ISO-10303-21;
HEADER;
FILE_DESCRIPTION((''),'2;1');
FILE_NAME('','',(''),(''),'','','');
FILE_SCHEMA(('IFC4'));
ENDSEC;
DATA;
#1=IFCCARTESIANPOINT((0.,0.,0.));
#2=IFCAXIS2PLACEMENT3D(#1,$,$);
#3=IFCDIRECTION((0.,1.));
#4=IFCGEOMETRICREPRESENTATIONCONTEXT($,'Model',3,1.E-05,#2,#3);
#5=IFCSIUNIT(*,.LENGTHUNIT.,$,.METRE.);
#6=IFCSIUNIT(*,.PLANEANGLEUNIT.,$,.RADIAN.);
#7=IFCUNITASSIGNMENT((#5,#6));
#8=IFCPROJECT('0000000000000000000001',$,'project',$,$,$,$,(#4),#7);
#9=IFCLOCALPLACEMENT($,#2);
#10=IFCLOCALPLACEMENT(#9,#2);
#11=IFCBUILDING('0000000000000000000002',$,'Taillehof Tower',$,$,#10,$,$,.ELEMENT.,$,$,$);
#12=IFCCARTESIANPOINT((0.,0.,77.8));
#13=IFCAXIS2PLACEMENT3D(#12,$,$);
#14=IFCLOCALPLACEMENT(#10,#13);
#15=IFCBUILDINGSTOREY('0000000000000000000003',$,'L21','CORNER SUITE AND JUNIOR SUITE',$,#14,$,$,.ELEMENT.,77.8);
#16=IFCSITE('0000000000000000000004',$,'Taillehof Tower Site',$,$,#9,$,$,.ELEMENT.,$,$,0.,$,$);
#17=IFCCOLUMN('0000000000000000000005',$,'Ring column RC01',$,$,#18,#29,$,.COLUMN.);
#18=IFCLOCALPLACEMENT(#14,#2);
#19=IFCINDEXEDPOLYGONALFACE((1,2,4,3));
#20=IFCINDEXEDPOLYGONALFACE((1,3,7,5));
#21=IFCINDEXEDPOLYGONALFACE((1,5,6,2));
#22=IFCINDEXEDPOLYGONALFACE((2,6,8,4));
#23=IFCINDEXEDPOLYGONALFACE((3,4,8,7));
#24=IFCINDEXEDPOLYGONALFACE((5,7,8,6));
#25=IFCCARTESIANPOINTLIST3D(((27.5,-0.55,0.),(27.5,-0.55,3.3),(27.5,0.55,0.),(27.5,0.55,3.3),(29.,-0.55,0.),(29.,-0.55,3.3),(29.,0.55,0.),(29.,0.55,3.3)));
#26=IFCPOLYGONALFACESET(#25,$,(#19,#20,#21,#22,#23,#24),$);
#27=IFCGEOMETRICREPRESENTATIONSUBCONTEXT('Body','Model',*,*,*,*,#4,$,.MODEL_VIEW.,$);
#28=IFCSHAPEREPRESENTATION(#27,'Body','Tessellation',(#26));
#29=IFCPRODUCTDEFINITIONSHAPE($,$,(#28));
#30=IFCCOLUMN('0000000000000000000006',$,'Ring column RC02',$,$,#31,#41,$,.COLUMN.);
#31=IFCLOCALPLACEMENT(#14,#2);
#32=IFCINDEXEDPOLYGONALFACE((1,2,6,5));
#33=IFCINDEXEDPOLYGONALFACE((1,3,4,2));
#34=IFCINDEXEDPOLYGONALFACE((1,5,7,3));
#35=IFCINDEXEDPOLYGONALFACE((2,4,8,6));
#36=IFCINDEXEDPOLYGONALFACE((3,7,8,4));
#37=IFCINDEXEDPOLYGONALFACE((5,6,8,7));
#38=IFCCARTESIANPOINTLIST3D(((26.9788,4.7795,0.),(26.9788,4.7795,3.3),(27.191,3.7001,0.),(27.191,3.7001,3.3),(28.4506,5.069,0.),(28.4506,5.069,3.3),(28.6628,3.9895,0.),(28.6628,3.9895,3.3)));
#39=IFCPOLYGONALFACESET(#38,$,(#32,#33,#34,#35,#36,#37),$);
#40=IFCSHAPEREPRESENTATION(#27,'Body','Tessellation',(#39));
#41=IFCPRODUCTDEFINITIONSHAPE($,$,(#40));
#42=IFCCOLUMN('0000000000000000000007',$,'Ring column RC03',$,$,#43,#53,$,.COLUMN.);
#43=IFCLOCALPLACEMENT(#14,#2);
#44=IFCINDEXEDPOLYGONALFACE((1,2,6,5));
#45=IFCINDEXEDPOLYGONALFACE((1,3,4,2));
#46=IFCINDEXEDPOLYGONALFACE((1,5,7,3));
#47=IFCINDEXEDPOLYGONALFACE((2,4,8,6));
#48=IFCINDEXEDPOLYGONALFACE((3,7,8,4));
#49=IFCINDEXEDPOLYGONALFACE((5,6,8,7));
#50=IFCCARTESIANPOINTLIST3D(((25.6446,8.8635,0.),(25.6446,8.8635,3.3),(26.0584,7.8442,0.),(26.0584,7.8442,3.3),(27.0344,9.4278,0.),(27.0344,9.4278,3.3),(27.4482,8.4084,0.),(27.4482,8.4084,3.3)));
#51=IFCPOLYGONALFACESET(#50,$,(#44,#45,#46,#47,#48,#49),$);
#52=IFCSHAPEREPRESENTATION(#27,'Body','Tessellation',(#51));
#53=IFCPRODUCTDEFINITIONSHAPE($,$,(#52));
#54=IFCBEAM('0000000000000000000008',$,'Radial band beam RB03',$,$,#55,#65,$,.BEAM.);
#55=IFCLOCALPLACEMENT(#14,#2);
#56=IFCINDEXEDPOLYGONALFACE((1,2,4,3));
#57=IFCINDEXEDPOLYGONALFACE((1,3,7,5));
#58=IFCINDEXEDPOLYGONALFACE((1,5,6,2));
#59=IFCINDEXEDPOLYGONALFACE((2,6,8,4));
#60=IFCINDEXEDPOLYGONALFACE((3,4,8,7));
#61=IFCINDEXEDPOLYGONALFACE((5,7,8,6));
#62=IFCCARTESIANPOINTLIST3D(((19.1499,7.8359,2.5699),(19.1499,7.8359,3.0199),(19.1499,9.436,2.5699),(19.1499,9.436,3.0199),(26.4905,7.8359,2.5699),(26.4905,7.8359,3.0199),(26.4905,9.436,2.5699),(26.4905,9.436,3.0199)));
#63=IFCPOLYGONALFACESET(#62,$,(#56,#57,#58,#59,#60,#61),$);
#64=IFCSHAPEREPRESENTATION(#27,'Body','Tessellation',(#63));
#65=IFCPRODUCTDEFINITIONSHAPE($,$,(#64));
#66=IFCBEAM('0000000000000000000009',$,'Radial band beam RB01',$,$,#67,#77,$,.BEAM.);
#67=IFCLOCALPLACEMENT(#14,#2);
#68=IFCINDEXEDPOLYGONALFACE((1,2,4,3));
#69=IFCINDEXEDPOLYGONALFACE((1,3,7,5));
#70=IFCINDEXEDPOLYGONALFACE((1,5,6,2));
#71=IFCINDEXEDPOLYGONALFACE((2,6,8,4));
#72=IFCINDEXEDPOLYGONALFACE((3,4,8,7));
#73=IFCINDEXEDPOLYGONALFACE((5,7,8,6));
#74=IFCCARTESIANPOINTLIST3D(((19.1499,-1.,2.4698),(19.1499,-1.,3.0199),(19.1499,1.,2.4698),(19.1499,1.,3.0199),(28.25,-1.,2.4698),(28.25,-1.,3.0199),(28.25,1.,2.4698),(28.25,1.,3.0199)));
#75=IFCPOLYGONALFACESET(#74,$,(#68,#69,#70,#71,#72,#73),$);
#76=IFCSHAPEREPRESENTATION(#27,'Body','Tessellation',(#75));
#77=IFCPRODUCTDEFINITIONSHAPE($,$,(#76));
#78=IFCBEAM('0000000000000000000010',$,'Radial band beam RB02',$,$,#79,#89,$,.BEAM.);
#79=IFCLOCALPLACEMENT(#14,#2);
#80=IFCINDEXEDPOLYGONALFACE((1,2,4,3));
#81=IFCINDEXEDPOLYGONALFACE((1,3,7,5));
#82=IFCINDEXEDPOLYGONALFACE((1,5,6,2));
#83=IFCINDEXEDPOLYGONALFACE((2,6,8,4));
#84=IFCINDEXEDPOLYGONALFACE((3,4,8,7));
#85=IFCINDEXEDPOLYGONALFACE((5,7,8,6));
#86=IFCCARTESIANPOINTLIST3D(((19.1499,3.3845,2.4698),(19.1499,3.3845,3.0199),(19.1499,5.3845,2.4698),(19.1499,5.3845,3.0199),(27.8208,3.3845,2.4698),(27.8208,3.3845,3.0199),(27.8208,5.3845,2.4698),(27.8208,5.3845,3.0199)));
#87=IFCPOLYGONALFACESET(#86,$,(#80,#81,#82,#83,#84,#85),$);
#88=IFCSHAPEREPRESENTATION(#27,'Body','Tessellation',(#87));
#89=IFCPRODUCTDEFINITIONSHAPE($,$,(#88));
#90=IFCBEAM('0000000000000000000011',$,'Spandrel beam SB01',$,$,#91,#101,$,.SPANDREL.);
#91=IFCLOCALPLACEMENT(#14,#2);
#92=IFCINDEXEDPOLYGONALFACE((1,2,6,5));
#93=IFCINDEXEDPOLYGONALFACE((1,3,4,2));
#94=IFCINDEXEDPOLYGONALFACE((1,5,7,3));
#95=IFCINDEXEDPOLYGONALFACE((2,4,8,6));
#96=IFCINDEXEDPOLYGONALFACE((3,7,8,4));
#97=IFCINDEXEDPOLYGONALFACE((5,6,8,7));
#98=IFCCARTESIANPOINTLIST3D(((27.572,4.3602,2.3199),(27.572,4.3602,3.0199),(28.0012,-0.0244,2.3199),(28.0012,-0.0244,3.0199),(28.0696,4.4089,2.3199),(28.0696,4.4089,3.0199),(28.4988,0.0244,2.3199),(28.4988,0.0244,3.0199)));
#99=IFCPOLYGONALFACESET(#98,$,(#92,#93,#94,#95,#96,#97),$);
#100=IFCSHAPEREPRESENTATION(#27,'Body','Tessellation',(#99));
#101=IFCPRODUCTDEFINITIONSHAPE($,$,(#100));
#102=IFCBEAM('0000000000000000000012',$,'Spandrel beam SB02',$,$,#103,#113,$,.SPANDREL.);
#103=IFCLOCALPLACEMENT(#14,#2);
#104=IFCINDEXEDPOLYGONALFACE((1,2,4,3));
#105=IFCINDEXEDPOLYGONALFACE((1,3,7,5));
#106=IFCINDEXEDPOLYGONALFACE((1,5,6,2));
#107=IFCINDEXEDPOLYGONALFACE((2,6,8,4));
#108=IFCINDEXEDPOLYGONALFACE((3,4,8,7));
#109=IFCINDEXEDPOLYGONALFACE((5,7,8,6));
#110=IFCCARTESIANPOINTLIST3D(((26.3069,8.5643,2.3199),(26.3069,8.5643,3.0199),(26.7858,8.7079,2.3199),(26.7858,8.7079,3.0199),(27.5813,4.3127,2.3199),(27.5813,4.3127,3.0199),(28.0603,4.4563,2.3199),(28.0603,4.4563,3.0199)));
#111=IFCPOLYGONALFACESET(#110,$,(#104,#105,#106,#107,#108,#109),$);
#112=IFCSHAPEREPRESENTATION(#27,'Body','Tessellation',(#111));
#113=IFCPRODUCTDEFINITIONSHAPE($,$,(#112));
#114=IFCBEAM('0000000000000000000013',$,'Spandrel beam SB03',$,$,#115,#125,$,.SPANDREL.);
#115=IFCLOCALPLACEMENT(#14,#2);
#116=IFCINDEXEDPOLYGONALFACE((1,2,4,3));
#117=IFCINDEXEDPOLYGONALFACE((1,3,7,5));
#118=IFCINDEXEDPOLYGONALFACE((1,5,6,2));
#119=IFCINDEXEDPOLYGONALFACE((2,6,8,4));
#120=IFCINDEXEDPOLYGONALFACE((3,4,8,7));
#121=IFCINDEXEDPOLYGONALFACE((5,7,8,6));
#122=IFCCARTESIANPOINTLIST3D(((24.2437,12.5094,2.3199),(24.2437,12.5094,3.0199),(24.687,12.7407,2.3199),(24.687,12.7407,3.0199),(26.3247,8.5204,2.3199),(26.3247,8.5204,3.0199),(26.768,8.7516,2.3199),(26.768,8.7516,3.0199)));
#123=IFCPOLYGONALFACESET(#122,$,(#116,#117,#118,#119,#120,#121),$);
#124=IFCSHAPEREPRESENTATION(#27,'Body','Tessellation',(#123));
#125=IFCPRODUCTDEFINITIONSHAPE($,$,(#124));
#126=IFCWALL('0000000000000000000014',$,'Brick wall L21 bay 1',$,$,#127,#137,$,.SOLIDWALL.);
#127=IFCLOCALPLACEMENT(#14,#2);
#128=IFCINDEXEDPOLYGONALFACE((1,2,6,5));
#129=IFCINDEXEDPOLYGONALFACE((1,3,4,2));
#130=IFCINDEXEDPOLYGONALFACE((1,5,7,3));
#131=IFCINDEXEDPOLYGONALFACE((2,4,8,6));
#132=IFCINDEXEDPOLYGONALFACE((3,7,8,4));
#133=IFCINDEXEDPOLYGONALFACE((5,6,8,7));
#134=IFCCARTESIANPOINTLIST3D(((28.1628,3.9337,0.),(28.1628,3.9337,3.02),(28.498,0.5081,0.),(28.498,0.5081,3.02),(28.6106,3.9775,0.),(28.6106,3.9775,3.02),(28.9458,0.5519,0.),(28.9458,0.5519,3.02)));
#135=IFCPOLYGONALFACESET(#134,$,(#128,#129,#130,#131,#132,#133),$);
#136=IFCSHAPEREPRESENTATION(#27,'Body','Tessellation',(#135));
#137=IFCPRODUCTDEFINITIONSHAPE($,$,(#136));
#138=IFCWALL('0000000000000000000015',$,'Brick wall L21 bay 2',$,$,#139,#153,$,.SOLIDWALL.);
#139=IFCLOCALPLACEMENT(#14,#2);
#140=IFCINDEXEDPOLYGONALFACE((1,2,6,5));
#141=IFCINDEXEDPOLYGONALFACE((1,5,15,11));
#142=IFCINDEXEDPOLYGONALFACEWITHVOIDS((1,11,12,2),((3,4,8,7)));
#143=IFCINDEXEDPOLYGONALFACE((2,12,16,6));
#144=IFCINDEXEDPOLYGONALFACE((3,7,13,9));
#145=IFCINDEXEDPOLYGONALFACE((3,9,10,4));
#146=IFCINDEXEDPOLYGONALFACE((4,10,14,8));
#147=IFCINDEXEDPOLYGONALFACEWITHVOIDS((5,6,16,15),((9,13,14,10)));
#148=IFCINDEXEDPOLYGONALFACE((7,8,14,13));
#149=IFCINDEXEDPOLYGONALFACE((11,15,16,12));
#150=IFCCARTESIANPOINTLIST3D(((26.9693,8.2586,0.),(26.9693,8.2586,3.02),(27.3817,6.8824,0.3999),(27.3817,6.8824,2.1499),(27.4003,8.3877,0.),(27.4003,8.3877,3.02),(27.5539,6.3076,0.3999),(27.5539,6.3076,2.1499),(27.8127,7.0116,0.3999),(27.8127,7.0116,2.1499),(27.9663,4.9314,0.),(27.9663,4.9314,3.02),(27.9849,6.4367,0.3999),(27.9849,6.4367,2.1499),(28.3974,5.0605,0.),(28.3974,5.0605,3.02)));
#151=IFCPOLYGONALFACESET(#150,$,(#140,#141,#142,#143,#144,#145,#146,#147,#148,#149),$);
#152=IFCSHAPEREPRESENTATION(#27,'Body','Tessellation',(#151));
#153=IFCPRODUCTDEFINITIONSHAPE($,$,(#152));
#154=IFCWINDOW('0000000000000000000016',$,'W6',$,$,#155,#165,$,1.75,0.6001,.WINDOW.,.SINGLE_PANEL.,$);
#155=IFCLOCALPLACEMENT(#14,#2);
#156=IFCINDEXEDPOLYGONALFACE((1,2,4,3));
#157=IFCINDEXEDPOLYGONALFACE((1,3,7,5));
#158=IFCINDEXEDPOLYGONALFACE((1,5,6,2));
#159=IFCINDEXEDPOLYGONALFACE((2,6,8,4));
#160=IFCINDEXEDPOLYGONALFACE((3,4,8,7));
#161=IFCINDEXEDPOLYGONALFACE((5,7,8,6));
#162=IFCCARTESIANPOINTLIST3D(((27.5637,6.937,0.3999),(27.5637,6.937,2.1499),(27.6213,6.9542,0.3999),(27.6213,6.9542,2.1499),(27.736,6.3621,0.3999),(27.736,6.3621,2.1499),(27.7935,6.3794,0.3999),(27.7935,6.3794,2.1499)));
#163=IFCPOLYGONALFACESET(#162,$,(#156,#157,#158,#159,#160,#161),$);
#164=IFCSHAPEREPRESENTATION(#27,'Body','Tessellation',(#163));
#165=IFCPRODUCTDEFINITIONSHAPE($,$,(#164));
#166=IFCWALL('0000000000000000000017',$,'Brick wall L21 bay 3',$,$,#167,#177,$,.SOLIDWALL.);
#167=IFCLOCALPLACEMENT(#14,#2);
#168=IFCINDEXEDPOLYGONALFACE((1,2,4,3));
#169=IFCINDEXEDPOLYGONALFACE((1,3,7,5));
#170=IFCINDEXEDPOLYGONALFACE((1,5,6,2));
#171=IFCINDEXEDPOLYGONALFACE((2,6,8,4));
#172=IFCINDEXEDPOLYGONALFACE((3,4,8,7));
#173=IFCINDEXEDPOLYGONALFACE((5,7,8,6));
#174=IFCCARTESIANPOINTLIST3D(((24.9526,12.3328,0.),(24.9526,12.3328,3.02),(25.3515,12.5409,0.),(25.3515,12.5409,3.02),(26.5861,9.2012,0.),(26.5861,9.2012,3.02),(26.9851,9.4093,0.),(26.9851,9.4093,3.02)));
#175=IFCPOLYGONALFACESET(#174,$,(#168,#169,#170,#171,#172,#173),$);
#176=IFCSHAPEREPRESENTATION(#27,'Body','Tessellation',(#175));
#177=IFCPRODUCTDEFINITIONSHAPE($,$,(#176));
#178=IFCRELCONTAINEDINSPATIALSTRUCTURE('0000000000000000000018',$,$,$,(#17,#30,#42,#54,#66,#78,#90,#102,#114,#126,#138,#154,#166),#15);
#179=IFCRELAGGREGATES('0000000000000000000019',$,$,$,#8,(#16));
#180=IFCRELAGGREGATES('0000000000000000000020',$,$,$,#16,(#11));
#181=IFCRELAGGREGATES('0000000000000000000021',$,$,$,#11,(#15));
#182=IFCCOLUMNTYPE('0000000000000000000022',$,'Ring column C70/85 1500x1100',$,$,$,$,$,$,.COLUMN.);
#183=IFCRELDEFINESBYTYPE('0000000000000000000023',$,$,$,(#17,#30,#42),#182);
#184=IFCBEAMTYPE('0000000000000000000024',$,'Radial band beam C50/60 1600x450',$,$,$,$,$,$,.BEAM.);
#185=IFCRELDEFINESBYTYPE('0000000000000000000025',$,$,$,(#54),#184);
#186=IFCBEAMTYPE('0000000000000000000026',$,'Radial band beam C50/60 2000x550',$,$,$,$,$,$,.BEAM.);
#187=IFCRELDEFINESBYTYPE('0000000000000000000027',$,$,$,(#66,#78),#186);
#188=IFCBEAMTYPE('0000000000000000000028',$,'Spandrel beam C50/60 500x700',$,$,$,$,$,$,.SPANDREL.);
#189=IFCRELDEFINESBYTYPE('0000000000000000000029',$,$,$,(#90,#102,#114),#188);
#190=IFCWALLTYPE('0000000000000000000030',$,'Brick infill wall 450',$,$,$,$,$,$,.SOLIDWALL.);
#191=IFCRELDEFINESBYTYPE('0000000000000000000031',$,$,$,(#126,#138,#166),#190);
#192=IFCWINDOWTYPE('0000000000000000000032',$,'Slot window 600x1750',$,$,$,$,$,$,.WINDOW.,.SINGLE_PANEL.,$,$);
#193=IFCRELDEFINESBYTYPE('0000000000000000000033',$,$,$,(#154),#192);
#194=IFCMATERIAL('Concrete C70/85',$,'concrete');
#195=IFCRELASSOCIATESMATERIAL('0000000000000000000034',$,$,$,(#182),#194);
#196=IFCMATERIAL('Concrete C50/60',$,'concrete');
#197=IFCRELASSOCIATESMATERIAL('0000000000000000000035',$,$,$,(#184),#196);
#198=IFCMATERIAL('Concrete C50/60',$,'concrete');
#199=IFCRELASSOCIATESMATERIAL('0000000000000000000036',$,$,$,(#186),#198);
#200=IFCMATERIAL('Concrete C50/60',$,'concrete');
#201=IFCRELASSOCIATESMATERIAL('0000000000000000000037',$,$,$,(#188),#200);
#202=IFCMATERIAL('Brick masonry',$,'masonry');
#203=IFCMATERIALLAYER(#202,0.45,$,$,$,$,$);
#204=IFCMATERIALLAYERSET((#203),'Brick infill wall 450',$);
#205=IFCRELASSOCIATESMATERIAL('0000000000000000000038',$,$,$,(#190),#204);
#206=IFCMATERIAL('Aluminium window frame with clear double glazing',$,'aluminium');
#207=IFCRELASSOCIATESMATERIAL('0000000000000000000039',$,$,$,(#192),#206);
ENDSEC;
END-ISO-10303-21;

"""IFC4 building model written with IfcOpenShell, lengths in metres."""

from ifc_helpers import new_model, si_unit, direction, frame, frame_2d, origin, origin_2d, place, context, subcontext, project, spatial, rectangle, extrude, material, layer, layer_set, material_profile, profile_set, type_object, element, fill, save


model = new_model("IFC4")

# Units and contexts
model_context = context("Model", 3, precision=1e-05, world=origin(), true_north=direction((0.0, 1.0)))
body_context = subcontext(model_context, "Body", "Model", "MODEL_VIEW")
ifc_project = project(units=[si_unit("LENGTHUNIT", "METRE"), si_unit("PLANEANGLEUNIT", "RADIAN")], contexts=[model_context])

# Site, building, storey
site_placement = place(None, origin())
site = spatial("IfcSite", under=ifc_project, at=site_placement, Name="Taillehof Tower Site", CompositionType="ELEMENT", RefElevation=0.0)
building_placement = place(site_placement, origin())
building = spatial("IfcBuilding", under=site, at=building_placement, Name="Taillehof Tower", CompositionType="ELEMENT")
storey_placement = place(building_placement, frame((0.0, 0.0, 77.8)))
storey = spatial("IfcBuildingStorey", under=building, at=storey_placement, Name="L21", Description="CORNER SUITE AND JUNIOR SUITE", CompositionType="ELEMENT", Elevation=77.8)

# Columns
ifc_material_1 = material(Name="Concrete C70/85", Category="concrete")
ifc_material_profile_1 = material_profile(ifc_material_1, rectangle(XDim=1.5, YDim=1.1001, at=origin_2d()), Name="RC 1500x1100")
ifc_profile_set_1 = profile_set([ifc_material_profile_1], Name="Concrete C70/85")
column_type = type_object("IfcColumnType", Name="Ring column C70/85 1500x1100", PredefinedType="COLUMN", material=ifc_profile_set_1)
for number, where, z_axis, x_axis, name in (
    (1, (28.25, 0.0, 0.0), (0.0, 0.0, 1.0), (1.0, 0.0, 0.0), "Ring column RC01"),
    (2, (27.8208, 4.3845, 0.0), (0.0, 0.0, 1.0), (0.981204, 0.192976, 0.0), "Ring column RC02"),
    (3, (26.5464, 8.636, 0.0), (0.0, 0.0, 1.0), (0.926558, 0.376152, 0.0), "Ring column RC03"),
):
    element("IfcColumn", number, at=place(storey_placement, frame(where, z_axis=z_axis, x_axis=x_axis)), inside=storey, type_object=column_type, Name=name, PredefinedType="COLUMN", context=body_context, shape_type="SweptSolid", body=[
        extrude(rectangle(XDim=1.5, YDim=1.1001, at=origin_2d()), origin(), (0.0, 0.0, 1.0), 3.3),
    ])

# Beams
ifc_material_2 = material(Name="Concrete C50/60", Category="concrete")
ifc_material_profile_2 = material_profile(ifc_material_2, rectangle(XDim=1.6001, YDim=0.45, at=origin_2d()), Name="RC 1600x450")
ifc_profile_set_2 = profile_set([ifc_material_profile_2], Name="Concrete C50/60")
beam_type_1 = type_object("IfcBeamType", Name="Radial band beam C50/60 1600x450", PredefinedType="BEAM", material=ifc_profile_set_2)
beam_1_placement = place(storey_placement, frame((26.4905, 8.636, 2.7949), z_axis=(-1.0, 0.0, 0.0), x_axis=(0.0, -1.0, 0.0)))
element("IfcBeam", 4, at=beam_1_placement, inside=storey, type_object=beam_type_1, Name="Radial band beam RB03", PredefinedType="BEAM", context=body_context, shape_type="SweptSolid", body=[
    extrude(rectangle(XDim=1.6001, YDim=0.45, at=origin_2d()), origin(), (0.0, 0.0, 1.0), 7.3406),
])
ifc_material_3 = material(Name="Concrete C50/60", Category="concrete")
ifc_material_profile_3 = material_profile(ifc_material_3, rectangle(XDim=2.0, YDim=0.55, at=origin_2d()), Name="RC 2000x550")
ifc_profile_set_3 = profile_set([ifc_material_profile_3], Name="Concrete C50/60")
beam_type_2 = type_object("IfcBeamType", Name="Radial band beam C50/60 2000x550", PredefinedType="BEAM", material=ifc_profile_set_3)
beam_2_placement = place(storey_placement, frame((28.25, 0.0, 2.7449), z_axis=(-1.0, 0.0, 0.0), x_axis=(0.0, -1.0, 0.0)))
element("IfcBeam", 5, at=beam_2_placement, inside=storey, type_object=beam_type_2, Name="Radial band beam RB01", PredefinedType="BEAM", context=body_context, shape_type="SweptSolid", body=[
    extrude(rectangle(XDim=2.0, YDim=0.55, at=origin_2d()), origin(), (0.0, 0.0, 1.0), 9.1001),
])
beam_3_placement = place(storey_placement, frame((27.8208, 4.3845, 2.7449), z_axis=(-1.0, 0.0, 0.0), x_axis=(0.0, -1.0, 0.0)))
element("IfcBeam", 6, at=beam_3_placement, inside=storey, type_object=beam_type_2, Name="Radial band beam RB02", PredefinedType="BEAM", context=body_context, shape_type="SweptSolid", body=[
    extrude(rectangle(XDim=2.0, YDim=0.55, at=origin_2d()), origin(), (0.0, 0.0, 1.0), 8.6709),
])
ifc_material_4 = material(Name="Concrete C50/60", Category="concrete")
ifc_material_profile_4 = material_profile(ifc_material_4, rectangle(XDim=0.5, YDim=0.7, at=origin_2d()), Name="RC 500x700")
ifc_profile_set_4 = profile_set([ifc_material_profile_4], Name="Concrete C50/60")
beam_type_3 = type_object("IfcBeamType", Name="Spandrel beam C50/60 500x700", PredefinedType="SPANDREL", material=ifc_profile_set_4)
beam_4_placement = place(storey_placement, frame((28.25, 0.0, 2.6699), z_axis=(-0.097424, 0.995243, 0.0), x_axis=(-0.995243, -0.097424, 0.0)))
element("IfcBeam", 7, at=beam_4_placement, inside=storey, type_object=beam_type_3, Name="Spandrel beam SB01", PredefinedType="SPANDREL", context=body_context, shape_type="SweptSolid", body=[
    extrude(rectangle(XDim=0.5, YDim=0.7, at=origin_2d()), origin(), (0.0, 0.0, 1.0), 4.4055),
])
beam_5_placement = place(storey_placement, frame((27.8208, 4.3845, 2.6699), z_axis=(-0.287136, 0.95789, 0.0), x_axis=(-0.95789, -0.287136, 0.0)))
element("IfcBeam", 8, at=beam_5_placement, inside=storey, type_object=beam_type_3, Name="Spandrel beam SB02", PredefinedType="SPANDREL", context=body_context, shape_type="SweptSolid", body=[
    extrude(rectangle(XDim=0.5, YDim=0.7, at=origin_2d()), origin(), (0.0, 0.0, 1.0), 4.4385),
])
beam_6_placement = place(storey_placement, frame((26.5464, 8.636, 2.6699), z_axis=(-0.462536, 0.8866, 0.0), x_axis=(-0.8866, -0.462536, 0.0)))
element("IfcBeam", 9, at=beam_6_placement, inside=storey, type_object=beam_type_3, Name="Spandrel beam SB03", PredefinedType="SPANDREL", context=body_context, shape_type="SweptSolid", body=[
    extrude(rectangle(XDim=0.5, YDim=0.7, at=origin_2d()), origin(), (0.0, 0.0, 1.0), 4.4993),
])

# Wall
ifc_material_5 = material(Name="Brick masonry", Category="masonry")
ifc_layer_1 = layer(ifc_material_5, 0.45)
ifc_layer_set_1 = layer_set([ifc_layer_1], Name="Brick infill wall 450")
wall_type_1 = type_object("IfcWallType", Name="Brick infill wall 450", PredefinedType="SOLIDWALL", material=ifc_layer_set_1)
wall_1_placement = place(storey_placement, frame((28.7219, 0.53, 0.0), z_axis=(0.0, 0.0, 1.0), x_axis=(-0.09739, 0.995246, 0.0)))
element("IfcWall", 10, at=wall_1_placement, inside=storey, type_object=wall_type_1, Name="Brick wall L21 bay 1", PredefinedType="SOLIDWALL", context=body_context, shape_type="SweptSolid", body=[
    extrude(rectangle(XDim=3.4419, YDim=0.45, at=frame_2d((1.7209, 0.0))), origin(), (0.0, 0.0, 1.0), 3.02),
])

# Wall, opening, window
wall_2_placement = place(storey_placement, frame((28.1819, 4.9958, 0.0), z_axis=(0.0, 0.0, 1.0), x_axis=(-0.287064, 0.957911, 0.0)))
wall_2 = element("IfcWall", 11, at=wall_2_placement, inside=storey, type_object=wall_type_1, Name="Brick wall L21 bay 2", PredefinedType="SOLIDWALL", context=body_context, shape_type="SweptSolid", body=[
    extrude(rectangle(XDim=3.4734, YDim=0.45, at=frame_2d((1.7368, 0.0))), origin(), (0.0, 0.0, 1.0), 3.02),
])
opening_1_placement = place(wall_2_placement, frame((1.4368, 0.0, 0.3999)))
opening_1 = element("IfcOpeningElement", 12, at=opening_1_placement, cuts=wall_2, PredefinedType="OPENING", context=body_context, shape_type="SweptSolid", body=[
    extrude(rectangle(XDim=0.6001, YDim=1.75, at=frame_2d((0.3, 0.875))), frame((0.0, 0.2349, 0.0), z_axis=(0.0, -1.0, 0.0), x_axis=(1.0, 0.0, 0.0)), (0.0, 0.0, 1.0), 0.47),
])
ifc_material_6 = material(Name="Aluminium window frame with clear double glazing", Category="aluminium")
window_type = type_object("IfcWindowType", Name="Slot window 600x1750", PartitioningType="SINGLE_PANEL", PredefinedType="WINDOW", material=ifc_material_6)
window_placement = place(opening_1_placement, origin())
window = element("IfcWindow", 13, at=window_placement, inside=storey, type_object=window_type, Name="W6", OverallHeight=1.75, OverallWidth=0.6001, PartitioningType="SINGLE_PANEL", PredefinedType="WINDOW", context=body_context, shape_type="SweptSolid", body=[
    extrude(rectangle(XDim=0.6001, YDim=1.75, at=frame_2d((0.3, 0.875))), frame((0.0, 0.0349, 0.0), z_axis=(0.0, -1.0, 0.0), x_axis=(1.0, 0.0, 0.0)), (0.0, 0.0, 1.0), 0.0601),
])
fill(opening_1, window)

# Wall
wall_3_placement = place(storey_placement, frame((26.7856, 9.3052, 0.0), z_axis=(0.0, 0.0, 1.0), x_axis=(-0.462493, 0.886623, 0.0)))
element("IfcWall", 14, at=wall_3_placement, inside=storey, type_object=wall_type_1, Name="Brick wall L21 bay 3", PredefinedType="SOLIDWALL", context=body_context, shape_type="SweptSolid", body=[
    extrude(rectangle(XDim=3.532, YDim=0.45, at=frame_2d((1.7661, 0.0))), origin(), (0.0, 0.0, 1.0), 3.02),
])

save(model, "model.ifc")
